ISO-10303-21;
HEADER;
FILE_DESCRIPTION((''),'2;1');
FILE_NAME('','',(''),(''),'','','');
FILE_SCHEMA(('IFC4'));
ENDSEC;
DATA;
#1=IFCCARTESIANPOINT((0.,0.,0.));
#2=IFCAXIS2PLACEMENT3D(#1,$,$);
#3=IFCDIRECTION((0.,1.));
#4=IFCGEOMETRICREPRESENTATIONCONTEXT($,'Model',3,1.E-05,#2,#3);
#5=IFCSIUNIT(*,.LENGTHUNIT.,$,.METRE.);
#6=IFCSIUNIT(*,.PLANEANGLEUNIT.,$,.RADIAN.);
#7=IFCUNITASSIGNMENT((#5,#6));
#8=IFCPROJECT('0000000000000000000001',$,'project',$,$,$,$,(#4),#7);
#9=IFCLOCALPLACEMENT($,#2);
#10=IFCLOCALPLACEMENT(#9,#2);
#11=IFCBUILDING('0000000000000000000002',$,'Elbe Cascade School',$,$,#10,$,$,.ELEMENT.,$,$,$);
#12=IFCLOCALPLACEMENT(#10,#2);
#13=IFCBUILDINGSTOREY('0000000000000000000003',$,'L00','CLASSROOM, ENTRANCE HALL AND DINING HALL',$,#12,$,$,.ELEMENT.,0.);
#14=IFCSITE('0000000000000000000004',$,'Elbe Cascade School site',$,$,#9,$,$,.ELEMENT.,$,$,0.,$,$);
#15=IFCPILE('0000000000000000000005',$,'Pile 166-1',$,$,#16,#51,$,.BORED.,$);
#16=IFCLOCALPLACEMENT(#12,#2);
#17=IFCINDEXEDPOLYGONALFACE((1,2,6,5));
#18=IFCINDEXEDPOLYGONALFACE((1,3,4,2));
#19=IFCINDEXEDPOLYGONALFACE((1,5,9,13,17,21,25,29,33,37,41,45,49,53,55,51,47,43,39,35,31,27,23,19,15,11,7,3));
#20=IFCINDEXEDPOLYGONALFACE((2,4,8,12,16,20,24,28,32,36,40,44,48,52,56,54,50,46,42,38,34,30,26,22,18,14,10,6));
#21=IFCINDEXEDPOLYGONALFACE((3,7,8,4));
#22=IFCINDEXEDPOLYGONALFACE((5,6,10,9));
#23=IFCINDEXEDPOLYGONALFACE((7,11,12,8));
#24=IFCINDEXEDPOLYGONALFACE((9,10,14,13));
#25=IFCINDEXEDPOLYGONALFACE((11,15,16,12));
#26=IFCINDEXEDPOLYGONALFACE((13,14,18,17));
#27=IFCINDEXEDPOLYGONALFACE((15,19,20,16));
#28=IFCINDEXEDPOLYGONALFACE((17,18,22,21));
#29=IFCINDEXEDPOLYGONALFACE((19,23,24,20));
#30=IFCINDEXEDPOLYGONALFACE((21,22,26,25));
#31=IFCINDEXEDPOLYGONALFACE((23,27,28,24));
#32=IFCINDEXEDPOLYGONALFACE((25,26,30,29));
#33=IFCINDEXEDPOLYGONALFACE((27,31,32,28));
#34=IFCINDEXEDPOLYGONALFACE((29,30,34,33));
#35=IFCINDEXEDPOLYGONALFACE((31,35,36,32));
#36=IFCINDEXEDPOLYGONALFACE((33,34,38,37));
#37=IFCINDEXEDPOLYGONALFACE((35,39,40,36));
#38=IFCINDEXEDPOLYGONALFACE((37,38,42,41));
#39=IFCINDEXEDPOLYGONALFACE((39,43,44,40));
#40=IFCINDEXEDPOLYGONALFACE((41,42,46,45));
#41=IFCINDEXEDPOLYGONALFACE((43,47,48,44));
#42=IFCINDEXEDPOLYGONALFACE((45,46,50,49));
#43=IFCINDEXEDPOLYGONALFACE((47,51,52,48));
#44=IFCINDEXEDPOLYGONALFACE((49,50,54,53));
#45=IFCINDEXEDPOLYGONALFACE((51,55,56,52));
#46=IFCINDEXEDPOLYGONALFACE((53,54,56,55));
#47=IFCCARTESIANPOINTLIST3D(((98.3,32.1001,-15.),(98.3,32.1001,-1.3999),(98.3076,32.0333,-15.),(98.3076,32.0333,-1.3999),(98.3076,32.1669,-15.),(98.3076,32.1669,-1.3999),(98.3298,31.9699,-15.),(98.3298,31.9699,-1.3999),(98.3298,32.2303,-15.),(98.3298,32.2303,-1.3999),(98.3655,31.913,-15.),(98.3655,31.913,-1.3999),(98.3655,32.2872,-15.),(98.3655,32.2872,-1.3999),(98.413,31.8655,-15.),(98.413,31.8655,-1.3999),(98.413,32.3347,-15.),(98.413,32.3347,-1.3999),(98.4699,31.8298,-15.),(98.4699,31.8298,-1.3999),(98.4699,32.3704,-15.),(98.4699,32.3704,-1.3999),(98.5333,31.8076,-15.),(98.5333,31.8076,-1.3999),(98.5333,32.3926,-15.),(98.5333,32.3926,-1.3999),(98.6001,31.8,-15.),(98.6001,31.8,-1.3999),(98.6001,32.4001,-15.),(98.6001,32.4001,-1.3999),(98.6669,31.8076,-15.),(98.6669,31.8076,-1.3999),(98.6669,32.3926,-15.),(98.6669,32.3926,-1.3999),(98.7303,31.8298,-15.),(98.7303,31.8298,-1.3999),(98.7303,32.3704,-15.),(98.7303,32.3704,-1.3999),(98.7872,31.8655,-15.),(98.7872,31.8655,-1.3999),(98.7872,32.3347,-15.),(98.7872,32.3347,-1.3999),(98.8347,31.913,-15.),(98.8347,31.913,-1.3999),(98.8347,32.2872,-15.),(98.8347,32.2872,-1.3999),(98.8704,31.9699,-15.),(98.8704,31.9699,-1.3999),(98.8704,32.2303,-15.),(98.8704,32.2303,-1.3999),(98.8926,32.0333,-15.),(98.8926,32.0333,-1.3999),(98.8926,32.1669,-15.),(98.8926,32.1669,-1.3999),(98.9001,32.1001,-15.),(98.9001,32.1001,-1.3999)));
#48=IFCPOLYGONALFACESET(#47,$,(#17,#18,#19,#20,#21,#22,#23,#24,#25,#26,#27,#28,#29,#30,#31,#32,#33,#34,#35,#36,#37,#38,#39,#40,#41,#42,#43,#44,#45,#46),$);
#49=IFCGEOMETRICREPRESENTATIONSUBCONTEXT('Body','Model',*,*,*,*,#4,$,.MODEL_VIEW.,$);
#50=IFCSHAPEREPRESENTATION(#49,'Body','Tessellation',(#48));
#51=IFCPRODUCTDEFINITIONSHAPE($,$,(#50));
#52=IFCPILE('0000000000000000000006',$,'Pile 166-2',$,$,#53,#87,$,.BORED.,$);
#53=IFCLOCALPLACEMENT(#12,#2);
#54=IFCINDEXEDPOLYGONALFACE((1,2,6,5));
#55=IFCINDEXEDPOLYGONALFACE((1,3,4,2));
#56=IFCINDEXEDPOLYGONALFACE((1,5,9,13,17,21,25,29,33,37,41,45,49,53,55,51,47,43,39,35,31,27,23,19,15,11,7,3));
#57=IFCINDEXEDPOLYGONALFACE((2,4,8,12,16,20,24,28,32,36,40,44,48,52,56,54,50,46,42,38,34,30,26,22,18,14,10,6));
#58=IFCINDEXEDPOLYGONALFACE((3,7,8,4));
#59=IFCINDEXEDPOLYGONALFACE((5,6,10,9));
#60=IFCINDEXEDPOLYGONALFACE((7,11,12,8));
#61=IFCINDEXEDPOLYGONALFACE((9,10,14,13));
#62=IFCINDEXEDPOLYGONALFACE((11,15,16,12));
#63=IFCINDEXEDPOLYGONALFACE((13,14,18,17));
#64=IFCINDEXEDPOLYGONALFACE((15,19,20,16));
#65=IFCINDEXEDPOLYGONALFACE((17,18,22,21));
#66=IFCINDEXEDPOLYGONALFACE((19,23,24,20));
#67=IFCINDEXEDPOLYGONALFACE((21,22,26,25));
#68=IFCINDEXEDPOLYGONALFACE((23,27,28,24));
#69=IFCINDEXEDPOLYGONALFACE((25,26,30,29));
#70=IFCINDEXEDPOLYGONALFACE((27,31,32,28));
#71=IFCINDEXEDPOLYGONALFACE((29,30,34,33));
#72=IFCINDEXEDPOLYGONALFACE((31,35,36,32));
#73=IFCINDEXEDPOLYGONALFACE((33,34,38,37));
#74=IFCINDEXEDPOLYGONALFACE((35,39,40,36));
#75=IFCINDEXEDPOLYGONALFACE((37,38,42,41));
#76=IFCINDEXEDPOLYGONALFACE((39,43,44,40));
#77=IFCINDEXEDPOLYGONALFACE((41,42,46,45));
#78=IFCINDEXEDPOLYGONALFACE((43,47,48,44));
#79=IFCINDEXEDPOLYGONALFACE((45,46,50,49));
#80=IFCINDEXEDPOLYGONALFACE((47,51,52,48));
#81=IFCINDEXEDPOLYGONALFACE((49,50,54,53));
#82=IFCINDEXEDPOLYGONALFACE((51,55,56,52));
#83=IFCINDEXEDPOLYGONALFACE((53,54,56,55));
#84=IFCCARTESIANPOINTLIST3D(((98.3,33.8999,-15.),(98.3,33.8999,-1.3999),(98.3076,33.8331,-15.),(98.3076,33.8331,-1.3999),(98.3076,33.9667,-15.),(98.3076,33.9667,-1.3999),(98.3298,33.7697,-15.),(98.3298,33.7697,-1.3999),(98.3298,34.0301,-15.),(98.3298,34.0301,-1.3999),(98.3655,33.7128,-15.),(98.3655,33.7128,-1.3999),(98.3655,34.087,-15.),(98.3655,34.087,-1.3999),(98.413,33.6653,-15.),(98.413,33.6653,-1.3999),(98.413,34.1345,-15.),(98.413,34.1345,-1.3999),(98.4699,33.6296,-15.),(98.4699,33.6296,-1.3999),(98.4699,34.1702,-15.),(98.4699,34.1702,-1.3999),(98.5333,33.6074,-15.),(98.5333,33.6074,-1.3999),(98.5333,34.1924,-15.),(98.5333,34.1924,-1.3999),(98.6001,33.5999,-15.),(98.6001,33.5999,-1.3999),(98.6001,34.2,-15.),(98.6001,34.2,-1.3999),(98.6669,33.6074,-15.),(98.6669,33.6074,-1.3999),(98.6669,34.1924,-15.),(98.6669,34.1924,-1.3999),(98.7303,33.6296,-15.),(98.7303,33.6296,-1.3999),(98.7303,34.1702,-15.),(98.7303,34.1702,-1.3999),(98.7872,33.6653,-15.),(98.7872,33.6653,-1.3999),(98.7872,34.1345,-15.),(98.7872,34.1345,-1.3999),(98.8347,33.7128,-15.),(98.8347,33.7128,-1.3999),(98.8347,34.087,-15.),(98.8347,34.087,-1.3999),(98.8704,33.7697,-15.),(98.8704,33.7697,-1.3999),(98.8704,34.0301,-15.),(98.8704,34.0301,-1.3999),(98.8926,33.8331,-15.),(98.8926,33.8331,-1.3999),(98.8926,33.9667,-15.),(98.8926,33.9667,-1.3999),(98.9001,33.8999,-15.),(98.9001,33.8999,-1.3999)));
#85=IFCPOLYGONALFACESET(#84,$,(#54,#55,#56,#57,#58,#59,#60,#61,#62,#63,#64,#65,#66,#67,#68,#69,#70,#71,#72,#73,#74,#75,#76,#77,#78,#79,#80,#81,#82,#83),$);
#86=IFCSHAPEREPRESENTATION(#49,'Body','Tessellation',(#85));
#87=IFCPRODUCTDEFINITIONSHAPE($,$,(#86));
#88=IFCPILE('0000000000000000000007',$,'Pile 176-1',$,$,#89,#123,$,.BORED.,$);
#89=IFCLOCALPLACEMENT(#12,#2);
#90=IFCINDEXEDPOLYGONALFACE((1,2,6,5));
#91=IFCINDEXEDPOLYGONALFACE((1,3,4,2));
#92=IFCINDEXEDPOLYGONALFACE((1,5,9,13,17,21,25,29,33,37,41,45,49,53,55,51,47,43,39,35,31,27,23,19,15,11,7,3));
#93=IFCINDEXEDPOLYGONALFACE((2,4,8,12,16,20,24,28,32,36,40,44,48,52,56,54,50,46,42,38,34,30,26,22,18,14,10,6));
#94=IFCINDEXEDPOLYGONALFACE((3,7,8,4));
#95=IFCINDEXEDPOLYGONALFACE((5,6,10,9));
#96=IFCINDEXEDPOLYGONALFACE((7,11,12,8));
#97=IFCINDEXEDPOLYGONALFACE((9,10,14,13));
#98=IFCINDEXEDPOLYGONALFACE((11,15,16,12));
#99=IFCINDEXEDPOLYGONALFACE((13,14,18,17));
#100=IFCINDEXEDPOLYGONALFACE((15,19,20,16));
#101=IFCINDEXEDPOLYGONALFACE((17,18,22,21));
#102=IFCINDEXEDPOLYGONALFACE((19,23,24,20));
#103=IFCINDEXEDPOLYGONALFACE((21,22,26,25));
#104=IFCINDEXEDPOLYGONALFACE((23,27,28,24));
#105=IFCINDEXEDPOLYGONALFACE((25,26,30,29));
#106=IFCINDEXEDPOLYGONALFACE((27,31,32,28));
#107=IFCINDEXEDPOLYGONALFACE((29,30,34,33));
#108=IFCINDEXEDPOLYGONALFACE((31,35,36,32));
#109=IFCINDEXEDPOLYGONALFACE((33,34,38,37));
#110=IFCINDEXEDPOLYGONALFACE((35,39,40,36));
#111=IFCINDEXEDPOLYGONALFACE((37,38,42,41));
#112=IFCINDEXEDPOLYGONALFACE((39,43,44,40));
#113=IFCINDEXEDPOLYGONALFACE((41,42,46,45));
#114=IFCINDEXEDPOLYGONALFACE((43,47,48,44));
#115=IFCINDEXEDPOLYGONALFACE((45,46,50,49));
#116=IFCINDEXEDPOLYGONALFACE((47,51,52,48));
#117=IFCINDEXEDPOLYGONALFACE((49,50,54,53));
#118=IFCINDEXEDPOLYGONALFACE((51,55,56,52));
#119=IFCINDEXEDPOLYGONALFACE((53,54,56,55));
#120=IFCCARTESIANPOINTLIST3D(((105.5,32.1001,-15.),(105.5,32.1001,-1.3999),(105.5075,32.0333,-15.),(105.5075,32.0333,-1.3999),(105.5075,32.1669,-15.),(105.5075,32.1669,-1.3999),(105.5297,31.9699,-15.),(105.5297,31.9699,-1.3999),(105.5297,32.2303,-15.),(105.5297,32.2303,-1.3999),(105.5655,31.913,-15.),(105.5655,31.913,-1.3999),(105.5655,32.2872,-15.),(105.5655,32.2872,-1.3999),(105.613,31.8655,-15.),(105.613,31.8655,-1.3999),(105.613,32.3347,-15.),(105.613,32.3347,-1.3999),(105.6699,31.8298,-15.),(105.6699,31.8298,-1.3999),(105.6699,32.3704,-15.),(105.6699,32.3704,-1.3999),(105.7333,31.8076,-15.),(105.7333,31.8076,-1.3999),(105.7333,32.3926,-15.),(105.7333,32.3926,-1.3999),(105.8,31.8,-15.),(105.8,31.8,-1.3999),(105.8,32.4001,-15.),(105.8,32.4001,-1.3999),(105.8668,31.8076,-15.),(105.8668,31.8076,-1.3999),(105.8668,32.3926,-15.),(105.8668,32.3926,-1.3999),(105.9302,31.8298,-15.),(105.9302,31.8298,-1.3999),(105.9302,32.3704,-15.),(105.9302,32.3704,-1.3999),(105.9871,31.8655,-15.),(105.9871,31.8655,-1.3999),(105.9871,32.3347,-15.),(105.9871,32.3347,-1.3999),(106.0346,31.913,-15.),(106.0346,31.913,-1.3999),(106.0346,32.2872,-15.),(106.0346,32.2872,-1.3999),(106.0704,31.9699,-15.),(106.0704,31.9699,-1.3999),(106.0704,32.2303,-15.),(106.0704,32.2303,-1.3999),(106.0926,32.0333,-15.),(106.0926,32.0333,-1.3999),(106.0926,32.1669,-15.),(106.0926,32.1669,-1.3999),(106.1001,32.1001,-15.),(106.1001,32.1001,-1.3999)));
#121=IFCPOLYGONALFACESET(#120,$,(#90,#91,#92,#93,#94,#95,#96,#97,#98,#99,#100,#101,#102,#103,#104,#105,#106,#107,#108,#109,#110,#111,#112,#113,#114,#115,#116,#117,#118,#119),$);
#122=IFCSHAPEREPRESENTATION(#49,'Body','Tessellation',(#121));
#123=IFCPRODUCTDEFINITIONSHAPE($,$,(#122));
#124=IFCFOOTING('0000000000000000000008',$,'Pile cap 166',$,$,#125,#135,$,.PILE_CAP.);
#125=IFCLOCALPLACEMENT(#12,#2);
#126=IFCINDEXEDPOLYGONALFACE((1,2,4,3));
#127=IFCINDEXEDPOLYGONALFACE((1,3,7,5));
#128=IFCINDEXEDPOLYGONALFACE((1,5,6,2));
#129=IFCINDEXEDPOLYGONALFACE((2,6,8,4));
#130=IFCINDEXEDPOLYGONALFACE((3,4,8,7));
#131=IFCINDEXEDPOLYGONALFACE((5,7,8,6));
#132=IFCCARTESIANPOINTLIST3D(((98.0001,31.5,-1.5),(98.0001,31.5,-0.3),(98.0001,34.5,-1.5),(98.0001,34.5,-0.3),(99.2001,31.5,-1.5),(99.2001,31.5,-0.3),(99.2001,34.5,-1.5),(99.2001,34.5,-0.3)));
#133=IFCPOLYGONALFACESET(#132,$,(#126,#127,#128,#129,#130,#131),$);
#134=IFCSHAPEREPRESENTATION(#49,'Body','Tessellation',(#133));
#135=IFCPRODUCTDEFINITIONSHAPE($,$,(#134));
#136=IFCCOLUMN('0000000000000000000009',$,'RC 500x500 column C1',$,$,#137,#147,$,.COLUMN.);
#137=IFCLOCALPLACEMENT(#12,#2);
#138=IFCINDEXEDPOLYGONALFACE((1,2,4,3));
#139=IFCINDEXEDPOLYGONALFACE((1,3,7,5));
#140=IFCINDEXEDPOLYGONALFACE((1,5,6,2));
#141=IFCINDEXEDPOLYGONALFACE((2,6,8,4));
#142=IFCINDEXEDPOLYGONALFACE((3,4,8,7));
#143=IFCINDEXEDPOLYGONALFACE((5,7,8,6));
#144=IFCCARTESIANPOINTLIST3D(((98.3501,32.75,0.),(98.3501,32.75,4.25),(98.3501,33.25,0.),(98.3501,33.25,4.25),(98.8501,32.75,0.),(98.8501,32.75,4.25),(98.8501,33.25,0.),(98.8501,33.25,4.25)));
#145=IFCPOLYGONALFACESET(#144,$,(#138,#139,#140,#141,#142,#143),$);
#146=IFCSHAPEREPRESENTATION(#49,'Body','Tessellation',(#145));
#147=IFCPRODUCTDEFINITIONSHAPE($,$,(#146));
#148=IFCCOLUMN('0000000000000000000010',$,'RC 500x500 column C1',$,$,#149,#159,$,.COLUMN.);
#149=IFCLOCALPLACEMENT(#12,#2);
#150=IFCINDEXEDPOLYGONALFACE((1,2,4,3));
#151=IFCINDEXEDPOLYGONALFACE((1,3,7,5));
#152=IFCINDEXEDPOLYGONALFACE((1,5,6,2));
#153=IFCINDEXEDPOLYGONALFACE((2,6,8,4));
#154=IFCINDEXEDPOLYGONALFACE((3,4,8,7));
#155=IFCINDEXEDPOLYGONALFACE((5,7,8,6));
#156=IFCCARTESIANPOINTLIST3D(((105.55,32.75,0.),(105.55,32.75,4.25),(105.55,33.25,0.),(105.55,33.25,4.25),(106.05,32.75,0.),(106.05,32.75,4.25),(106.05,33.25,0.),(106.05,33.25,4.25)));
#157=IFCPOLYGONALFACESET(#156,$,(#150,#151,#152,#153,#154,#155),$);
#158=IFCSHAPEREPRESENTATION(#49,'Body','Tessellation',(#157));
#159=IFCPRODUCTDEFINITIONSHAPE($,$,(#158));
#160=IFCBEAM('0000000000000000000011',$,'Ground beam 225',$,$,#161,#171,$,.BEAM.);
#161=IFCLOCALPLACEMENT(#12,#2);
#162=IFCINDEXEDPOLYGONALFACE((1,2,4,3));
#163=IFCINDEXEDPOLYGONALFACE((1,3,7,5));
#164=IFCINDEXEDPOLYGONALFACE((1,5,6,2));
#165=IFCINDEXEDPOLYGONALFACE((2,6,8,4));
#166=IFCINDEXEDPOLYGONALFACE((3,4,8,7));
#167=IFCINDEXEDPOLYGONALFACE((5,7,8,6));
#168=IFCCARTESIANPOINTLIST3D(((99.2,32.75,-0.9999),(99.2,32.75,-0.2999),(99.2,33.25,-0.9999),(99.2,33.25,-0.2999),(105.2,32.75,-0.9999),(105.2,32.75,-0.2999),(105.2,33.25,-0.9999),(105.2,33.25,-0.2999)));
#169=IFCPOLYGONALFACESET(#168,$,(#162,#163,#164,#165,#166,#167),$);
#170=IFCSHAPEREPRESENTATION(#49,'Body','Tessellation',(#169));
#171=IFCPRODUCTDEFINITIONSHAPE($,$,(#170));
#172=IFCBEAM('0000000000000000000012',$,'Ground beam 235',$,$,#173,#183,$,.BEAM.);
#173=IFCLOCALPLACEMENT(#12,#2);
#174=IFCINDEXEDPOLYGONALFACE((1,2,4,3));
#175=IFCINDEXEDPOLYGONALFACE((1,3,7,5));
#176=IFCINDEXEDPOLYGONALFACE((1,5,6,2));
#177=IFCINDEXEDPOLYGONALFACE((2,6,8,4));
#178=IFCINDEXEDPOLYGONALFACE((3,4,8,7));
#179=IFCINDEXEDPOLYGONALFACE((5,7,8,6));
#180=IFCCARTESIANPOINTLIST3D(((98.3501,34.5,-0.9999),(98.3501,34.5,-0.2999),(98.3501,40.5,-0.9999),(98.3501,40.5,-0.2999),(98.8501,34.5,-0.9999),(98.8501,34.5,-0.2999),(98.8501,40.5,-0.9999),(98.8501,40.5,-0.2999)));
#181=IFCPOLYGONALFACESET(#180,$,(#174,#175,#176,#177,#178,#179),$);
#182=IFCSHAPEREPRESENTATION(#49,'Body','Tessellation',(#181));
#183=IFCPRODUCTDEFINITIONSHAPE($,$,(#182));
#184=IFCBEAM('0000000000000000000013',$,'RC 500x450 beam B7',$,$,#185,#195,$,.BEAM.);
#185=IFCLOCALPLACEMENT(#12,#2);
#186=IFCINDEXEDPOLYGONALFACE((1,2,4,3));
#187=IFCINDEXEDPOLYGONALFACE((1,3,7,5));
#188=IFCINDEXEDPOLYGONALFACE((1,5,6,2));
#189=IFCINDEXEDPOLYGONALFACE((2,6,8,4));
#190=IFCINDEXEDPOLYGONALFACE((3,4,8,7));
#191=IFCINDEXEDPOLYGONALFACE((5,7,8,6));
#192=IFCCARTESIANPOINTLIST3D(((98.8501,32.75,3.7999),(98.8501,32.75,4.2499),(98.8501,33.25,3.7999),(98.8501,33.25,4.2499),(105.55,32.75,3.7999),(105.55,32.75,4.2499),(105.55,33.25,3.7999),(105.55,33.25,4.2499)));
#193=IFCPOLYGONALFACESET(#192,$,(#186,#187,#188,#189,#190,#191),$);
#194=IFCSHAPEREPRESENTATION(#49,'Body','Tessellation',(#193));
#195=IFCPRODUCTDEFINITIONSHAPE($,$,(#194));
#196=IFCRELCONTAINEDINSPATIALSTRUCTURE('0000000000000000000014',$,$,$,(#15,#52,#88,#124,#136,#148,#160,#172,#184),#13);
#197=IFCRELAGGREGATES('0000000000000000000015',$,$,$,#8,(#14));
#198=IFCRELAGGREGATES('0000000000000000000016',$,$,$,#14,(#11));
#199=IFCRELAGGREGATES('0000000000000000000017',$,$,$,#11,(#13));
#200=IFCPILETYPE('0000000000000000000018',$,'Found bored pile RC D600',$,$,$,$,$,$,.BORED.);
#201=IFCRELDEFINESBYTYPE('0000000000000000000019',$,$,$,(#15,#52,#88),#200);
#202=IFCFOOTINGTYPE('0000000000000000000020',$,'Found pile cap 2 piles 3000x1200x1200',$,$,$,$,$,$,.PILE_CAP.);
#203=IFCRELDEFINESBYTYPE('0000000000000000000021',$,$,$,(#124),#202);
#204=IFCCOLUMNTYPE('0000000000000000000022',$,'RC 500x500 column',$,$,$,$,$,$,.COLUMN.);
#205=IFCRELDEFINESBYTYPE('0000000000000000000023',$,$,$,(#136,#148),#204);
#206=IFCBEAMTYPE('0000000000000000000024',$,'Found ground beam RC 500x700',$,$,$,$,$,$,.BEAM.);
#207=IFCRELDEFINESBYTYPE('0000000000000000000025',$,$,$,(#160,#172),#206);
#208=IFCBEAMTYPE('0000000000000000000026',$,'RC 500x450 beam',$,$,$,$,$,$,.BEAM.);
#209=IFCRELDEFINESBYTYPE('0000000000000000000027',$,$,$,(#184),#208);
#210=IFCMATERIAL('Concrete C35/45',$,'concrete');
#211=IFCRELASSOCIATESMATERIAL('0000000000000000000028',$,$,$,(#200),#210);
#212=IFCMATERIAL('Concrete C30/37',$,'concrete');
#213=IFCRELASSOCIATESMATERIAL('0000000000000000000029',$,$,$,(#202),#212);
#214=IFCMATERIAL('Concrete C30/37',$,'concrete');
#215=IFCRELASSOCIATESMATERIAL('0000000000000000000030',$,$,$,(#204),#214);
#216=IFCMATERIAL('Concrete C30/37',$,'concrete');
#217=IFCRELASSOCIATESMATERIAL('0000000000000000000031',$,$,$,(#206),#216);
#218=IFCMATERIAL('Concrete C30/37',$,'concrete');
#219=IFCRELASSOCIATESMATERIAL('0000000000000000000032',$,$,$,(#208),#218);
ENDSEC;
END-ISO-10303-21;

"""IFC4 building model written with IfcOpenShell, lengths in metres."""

from ifc_helpers import new_model, si_unit, direction, frame, origin, origin_2d, place, context, subcontext, project, spatial, rectangle, circle, extrude, material, material_profile, profile_set, type_object, element, save


model = new_model("IFC4")

# Units and contexts
model_context = context("Model", 3, precision=1e-05, world=origin(), true_north=direction((0.0, 1.0)))
body_context = subcontext(model_context, "Body", "Model", "MODEL_VIEW")
ifc_project = project(units=[si_unit("LENGTHUNIT", "METRE"), si_unit("PLANEANGLEUNIT", "RADIAN")], contexts=[model_context])

# Site, building, storey
site_placement = place(None, origin())
site = spatial("IfcSite", under=ifc_project, at=site_placement, Name="Elbe Cascade School site", CompositionType="ELEMENT", RefElevation=0.0)
building_placement = place(site_placement, origin())
building = spatial("IfcBuilding", under=site, at=building_placement, Name="Elbe Cascade School", CompositionType="ELEMENT")
storey_placement = place(building_placement, origin())
storey = spatial("IfcBuildingStorey", under=building, at=storey_placement, Name="L00", Description="CLASSROOM, ENTRANCE HALL AND DINING HALL", CompositionType="ELEMENT", Elevation=0.0)

# Piles
ifc_material_1 = material(Name="Concrete C35/45", Category="concrete")
ifc_material_profile_1 = material_profile(ifc_material_1, circle(Radius=0.3, at=origin_2d()), Name="RC D600")
ifc_profile_set_1 = profile_set([ifc_material_profile_1], Name="Concrete C35/45")
pile_type = type_object("IfcPileType", Name="Found bored pile RC D600", PredefinedType="BORED", material=ifc_profile_set_1)
for number, where, z_axis, x_axis, name in (
    (1, (98.6001, 32.1001, -1.3999), (0.0, 0.0, -1.0), (1.0, 0.0, 0.0), "Pile 166-1"),
    (2, (98.6001, 33.8999, -1.3999), (0.0, 0.0, -1.0), (1.0, 0.0, 0.0), "Pile 166-2"),
    (3, (105.8, 32.1001, -1.3999), (0.0, 0.0, -1.0), (1.0, 0.0, 0.0), "Pile 176-1"),
):
    element("IfcPile", number, at=place(storey_placement, frame(where, z_axis=z_axis, x_axis=x_axis)), inside=storey, type_object=pile_type, Name=name, PredefinedType="BORED", context=body_context, shape_type="SweptSolid", body=[
        extrude(circle(Radius=0.3, at=origin_2d()), origin(), (0.0, 0.0, 1.0), 13.6001),
    ])

# Footing
ifc_material_2 = material(Name="Concrete C30/37", Category="concrete")
footing_type = type_object("IfcFootingType", Name="Found pile cap 2 piles 3000x1200x1200", PredefinedType="PILE_CAP", material=ifc_material_2)
footing_placement = place(storey_placement, frame((98.6001, 33.0, -1.5), z_axis=(0.0, 0.0, 1.0), x_axis=(1.0, 0.0, 0.0)))
element("IfcFooting", 4, at=footing_placement, inside=storey, type_object=footing_type, Name="Pile cap 166", PredefinedType="PILE_CAP", context=body_context, shape_type="SweptSolid", body=[
    extrude(rectangle(XDim=1.2, YDim=3.0, at=origin_2d()), origin(), (0.0, 0.0, 1.0), 1.2),
])

# Columns
ifc_material_3 = material(Name="Concrete C30/37", Category="concrete")
ifc_material_profile_2 = material_profile(ifc_material_3, rectangle(XDim=0.5, YDim=0.5, at=origin_2d()), Name="RC 500x500")
ifc_profile_set_2 = profile_set([ifc_material_profile_2], Name="Concrete C30/37")
column_type = type_object("IfcColumnType", Name="RC 500x500 column", PredefinedType="COLUMN", material=ifc_profile_set_2)
for number, where, z_axis, x_axis, name in (
    (5, (98.6001, 33.0, 0.0), (0.0, 0.0, 1.0), (1.0, 0.0, 0.0), "RC 500x500 column C1"),
    (6, (105.8, 33.0, 0.0), (0.0, 0.0, 1.0), (1.0, 0.0, 0.0), "RC 500x500 column C1"),
):
    element("IfcColumn", number, at=place(storey_placement, frame(where, z_axis=z_axis, x_axis=x_axis)), inside=storey, type_object=column_type, Name=name, PredefinedType="COLUMN", context=body_context, shape_type="SweptSolid", body=[
        extrude(rectangle(XDim=0.5, YDim=0.5, at=origin_2d()), origin(), (0.0, 0.0, 1.0), 4.25),
    ])

# Beams
ifc_material_4 = material(Name="Concrete C30/37", Category="concrete")
ifc_material_profile_3 = material_profile(ifc_material_4, rectangle(XDim=0.5, YDim=0.7, at=origin_2d()), Name="RC 500x700")
ifc_profile_set_3 = profile_set([ifc_material_profile_3], Name="Concrete C30/37")
beam_type_1 = type_object("IfcBeamType", Name="Found ground beam RC 500x700", PredefinedType="BEAM", material=ifc_profile_set_3)
for number, where, z_axis, x_axis, name in (
    (7, (99.2, 33.0, -0.6499), (1.0, 0.0, 0.0), (0.0, 1.0, 0.0), "Ground beam 225"),
    (8, (98.6001, 34.5, -0.6499), (0.0, 1.0, 0.0), (-1.0, 0.0, 0.0), "Ground beam 235"),
):
    element("IfcBeam", number, at=place(storey_placement, frame(where, z_axis=z_axis, x_axis=x_axis)), inside=storey, type_object=beam_type_1, Name=name, PredefinedType="BEAM", context=body_context, shape_type="SweptSolid", body=[
        extrude(rectangle(XDim=0.5, YDim=0.7, at=origin_2d()), origin(), (0.0, 0.0, 1.0), 6.0),
    ])
ifc_material_5 = material(Name="Concrete C30/37", Category="concrete")
ifc_material_profile_4 = material_profile(ifc_material_5, rectangle(XDim=0.5, YDim=0.45, at=origin_2d()), Name="RC 500x450")
ifc_profile_set_4 = profile_set([ifc_material_profile_4], Name="Concrete C30/37")
beam_type_2 = type_object("IfcBeamType", Name="RC 500x450 beam", PredefinedType="BEAM", material=ifc_profile_set_4)
beam_1_placement = place(storey_placement, frame((98.8501, 33.0, 4.0249), z_axis=(1.0, 0.0, 0.0), x_axis=(0.0, 1.0, 0.0)))
element("IfcBeam", 9, at=beam_1_placement, inside=storey, type_object=beam_type_2, Name="RC 500x450 beam B7", PredefinedType="BEAM", context=body_context, shape_type="SweptSolid", body=[
    extrude(rectangle(XDim=0.5, YDim=0.45, at=origin_2d()), origin(), (0.0, 0.0, 1.0), 6.7),
])

save(model, "model.ifc")
